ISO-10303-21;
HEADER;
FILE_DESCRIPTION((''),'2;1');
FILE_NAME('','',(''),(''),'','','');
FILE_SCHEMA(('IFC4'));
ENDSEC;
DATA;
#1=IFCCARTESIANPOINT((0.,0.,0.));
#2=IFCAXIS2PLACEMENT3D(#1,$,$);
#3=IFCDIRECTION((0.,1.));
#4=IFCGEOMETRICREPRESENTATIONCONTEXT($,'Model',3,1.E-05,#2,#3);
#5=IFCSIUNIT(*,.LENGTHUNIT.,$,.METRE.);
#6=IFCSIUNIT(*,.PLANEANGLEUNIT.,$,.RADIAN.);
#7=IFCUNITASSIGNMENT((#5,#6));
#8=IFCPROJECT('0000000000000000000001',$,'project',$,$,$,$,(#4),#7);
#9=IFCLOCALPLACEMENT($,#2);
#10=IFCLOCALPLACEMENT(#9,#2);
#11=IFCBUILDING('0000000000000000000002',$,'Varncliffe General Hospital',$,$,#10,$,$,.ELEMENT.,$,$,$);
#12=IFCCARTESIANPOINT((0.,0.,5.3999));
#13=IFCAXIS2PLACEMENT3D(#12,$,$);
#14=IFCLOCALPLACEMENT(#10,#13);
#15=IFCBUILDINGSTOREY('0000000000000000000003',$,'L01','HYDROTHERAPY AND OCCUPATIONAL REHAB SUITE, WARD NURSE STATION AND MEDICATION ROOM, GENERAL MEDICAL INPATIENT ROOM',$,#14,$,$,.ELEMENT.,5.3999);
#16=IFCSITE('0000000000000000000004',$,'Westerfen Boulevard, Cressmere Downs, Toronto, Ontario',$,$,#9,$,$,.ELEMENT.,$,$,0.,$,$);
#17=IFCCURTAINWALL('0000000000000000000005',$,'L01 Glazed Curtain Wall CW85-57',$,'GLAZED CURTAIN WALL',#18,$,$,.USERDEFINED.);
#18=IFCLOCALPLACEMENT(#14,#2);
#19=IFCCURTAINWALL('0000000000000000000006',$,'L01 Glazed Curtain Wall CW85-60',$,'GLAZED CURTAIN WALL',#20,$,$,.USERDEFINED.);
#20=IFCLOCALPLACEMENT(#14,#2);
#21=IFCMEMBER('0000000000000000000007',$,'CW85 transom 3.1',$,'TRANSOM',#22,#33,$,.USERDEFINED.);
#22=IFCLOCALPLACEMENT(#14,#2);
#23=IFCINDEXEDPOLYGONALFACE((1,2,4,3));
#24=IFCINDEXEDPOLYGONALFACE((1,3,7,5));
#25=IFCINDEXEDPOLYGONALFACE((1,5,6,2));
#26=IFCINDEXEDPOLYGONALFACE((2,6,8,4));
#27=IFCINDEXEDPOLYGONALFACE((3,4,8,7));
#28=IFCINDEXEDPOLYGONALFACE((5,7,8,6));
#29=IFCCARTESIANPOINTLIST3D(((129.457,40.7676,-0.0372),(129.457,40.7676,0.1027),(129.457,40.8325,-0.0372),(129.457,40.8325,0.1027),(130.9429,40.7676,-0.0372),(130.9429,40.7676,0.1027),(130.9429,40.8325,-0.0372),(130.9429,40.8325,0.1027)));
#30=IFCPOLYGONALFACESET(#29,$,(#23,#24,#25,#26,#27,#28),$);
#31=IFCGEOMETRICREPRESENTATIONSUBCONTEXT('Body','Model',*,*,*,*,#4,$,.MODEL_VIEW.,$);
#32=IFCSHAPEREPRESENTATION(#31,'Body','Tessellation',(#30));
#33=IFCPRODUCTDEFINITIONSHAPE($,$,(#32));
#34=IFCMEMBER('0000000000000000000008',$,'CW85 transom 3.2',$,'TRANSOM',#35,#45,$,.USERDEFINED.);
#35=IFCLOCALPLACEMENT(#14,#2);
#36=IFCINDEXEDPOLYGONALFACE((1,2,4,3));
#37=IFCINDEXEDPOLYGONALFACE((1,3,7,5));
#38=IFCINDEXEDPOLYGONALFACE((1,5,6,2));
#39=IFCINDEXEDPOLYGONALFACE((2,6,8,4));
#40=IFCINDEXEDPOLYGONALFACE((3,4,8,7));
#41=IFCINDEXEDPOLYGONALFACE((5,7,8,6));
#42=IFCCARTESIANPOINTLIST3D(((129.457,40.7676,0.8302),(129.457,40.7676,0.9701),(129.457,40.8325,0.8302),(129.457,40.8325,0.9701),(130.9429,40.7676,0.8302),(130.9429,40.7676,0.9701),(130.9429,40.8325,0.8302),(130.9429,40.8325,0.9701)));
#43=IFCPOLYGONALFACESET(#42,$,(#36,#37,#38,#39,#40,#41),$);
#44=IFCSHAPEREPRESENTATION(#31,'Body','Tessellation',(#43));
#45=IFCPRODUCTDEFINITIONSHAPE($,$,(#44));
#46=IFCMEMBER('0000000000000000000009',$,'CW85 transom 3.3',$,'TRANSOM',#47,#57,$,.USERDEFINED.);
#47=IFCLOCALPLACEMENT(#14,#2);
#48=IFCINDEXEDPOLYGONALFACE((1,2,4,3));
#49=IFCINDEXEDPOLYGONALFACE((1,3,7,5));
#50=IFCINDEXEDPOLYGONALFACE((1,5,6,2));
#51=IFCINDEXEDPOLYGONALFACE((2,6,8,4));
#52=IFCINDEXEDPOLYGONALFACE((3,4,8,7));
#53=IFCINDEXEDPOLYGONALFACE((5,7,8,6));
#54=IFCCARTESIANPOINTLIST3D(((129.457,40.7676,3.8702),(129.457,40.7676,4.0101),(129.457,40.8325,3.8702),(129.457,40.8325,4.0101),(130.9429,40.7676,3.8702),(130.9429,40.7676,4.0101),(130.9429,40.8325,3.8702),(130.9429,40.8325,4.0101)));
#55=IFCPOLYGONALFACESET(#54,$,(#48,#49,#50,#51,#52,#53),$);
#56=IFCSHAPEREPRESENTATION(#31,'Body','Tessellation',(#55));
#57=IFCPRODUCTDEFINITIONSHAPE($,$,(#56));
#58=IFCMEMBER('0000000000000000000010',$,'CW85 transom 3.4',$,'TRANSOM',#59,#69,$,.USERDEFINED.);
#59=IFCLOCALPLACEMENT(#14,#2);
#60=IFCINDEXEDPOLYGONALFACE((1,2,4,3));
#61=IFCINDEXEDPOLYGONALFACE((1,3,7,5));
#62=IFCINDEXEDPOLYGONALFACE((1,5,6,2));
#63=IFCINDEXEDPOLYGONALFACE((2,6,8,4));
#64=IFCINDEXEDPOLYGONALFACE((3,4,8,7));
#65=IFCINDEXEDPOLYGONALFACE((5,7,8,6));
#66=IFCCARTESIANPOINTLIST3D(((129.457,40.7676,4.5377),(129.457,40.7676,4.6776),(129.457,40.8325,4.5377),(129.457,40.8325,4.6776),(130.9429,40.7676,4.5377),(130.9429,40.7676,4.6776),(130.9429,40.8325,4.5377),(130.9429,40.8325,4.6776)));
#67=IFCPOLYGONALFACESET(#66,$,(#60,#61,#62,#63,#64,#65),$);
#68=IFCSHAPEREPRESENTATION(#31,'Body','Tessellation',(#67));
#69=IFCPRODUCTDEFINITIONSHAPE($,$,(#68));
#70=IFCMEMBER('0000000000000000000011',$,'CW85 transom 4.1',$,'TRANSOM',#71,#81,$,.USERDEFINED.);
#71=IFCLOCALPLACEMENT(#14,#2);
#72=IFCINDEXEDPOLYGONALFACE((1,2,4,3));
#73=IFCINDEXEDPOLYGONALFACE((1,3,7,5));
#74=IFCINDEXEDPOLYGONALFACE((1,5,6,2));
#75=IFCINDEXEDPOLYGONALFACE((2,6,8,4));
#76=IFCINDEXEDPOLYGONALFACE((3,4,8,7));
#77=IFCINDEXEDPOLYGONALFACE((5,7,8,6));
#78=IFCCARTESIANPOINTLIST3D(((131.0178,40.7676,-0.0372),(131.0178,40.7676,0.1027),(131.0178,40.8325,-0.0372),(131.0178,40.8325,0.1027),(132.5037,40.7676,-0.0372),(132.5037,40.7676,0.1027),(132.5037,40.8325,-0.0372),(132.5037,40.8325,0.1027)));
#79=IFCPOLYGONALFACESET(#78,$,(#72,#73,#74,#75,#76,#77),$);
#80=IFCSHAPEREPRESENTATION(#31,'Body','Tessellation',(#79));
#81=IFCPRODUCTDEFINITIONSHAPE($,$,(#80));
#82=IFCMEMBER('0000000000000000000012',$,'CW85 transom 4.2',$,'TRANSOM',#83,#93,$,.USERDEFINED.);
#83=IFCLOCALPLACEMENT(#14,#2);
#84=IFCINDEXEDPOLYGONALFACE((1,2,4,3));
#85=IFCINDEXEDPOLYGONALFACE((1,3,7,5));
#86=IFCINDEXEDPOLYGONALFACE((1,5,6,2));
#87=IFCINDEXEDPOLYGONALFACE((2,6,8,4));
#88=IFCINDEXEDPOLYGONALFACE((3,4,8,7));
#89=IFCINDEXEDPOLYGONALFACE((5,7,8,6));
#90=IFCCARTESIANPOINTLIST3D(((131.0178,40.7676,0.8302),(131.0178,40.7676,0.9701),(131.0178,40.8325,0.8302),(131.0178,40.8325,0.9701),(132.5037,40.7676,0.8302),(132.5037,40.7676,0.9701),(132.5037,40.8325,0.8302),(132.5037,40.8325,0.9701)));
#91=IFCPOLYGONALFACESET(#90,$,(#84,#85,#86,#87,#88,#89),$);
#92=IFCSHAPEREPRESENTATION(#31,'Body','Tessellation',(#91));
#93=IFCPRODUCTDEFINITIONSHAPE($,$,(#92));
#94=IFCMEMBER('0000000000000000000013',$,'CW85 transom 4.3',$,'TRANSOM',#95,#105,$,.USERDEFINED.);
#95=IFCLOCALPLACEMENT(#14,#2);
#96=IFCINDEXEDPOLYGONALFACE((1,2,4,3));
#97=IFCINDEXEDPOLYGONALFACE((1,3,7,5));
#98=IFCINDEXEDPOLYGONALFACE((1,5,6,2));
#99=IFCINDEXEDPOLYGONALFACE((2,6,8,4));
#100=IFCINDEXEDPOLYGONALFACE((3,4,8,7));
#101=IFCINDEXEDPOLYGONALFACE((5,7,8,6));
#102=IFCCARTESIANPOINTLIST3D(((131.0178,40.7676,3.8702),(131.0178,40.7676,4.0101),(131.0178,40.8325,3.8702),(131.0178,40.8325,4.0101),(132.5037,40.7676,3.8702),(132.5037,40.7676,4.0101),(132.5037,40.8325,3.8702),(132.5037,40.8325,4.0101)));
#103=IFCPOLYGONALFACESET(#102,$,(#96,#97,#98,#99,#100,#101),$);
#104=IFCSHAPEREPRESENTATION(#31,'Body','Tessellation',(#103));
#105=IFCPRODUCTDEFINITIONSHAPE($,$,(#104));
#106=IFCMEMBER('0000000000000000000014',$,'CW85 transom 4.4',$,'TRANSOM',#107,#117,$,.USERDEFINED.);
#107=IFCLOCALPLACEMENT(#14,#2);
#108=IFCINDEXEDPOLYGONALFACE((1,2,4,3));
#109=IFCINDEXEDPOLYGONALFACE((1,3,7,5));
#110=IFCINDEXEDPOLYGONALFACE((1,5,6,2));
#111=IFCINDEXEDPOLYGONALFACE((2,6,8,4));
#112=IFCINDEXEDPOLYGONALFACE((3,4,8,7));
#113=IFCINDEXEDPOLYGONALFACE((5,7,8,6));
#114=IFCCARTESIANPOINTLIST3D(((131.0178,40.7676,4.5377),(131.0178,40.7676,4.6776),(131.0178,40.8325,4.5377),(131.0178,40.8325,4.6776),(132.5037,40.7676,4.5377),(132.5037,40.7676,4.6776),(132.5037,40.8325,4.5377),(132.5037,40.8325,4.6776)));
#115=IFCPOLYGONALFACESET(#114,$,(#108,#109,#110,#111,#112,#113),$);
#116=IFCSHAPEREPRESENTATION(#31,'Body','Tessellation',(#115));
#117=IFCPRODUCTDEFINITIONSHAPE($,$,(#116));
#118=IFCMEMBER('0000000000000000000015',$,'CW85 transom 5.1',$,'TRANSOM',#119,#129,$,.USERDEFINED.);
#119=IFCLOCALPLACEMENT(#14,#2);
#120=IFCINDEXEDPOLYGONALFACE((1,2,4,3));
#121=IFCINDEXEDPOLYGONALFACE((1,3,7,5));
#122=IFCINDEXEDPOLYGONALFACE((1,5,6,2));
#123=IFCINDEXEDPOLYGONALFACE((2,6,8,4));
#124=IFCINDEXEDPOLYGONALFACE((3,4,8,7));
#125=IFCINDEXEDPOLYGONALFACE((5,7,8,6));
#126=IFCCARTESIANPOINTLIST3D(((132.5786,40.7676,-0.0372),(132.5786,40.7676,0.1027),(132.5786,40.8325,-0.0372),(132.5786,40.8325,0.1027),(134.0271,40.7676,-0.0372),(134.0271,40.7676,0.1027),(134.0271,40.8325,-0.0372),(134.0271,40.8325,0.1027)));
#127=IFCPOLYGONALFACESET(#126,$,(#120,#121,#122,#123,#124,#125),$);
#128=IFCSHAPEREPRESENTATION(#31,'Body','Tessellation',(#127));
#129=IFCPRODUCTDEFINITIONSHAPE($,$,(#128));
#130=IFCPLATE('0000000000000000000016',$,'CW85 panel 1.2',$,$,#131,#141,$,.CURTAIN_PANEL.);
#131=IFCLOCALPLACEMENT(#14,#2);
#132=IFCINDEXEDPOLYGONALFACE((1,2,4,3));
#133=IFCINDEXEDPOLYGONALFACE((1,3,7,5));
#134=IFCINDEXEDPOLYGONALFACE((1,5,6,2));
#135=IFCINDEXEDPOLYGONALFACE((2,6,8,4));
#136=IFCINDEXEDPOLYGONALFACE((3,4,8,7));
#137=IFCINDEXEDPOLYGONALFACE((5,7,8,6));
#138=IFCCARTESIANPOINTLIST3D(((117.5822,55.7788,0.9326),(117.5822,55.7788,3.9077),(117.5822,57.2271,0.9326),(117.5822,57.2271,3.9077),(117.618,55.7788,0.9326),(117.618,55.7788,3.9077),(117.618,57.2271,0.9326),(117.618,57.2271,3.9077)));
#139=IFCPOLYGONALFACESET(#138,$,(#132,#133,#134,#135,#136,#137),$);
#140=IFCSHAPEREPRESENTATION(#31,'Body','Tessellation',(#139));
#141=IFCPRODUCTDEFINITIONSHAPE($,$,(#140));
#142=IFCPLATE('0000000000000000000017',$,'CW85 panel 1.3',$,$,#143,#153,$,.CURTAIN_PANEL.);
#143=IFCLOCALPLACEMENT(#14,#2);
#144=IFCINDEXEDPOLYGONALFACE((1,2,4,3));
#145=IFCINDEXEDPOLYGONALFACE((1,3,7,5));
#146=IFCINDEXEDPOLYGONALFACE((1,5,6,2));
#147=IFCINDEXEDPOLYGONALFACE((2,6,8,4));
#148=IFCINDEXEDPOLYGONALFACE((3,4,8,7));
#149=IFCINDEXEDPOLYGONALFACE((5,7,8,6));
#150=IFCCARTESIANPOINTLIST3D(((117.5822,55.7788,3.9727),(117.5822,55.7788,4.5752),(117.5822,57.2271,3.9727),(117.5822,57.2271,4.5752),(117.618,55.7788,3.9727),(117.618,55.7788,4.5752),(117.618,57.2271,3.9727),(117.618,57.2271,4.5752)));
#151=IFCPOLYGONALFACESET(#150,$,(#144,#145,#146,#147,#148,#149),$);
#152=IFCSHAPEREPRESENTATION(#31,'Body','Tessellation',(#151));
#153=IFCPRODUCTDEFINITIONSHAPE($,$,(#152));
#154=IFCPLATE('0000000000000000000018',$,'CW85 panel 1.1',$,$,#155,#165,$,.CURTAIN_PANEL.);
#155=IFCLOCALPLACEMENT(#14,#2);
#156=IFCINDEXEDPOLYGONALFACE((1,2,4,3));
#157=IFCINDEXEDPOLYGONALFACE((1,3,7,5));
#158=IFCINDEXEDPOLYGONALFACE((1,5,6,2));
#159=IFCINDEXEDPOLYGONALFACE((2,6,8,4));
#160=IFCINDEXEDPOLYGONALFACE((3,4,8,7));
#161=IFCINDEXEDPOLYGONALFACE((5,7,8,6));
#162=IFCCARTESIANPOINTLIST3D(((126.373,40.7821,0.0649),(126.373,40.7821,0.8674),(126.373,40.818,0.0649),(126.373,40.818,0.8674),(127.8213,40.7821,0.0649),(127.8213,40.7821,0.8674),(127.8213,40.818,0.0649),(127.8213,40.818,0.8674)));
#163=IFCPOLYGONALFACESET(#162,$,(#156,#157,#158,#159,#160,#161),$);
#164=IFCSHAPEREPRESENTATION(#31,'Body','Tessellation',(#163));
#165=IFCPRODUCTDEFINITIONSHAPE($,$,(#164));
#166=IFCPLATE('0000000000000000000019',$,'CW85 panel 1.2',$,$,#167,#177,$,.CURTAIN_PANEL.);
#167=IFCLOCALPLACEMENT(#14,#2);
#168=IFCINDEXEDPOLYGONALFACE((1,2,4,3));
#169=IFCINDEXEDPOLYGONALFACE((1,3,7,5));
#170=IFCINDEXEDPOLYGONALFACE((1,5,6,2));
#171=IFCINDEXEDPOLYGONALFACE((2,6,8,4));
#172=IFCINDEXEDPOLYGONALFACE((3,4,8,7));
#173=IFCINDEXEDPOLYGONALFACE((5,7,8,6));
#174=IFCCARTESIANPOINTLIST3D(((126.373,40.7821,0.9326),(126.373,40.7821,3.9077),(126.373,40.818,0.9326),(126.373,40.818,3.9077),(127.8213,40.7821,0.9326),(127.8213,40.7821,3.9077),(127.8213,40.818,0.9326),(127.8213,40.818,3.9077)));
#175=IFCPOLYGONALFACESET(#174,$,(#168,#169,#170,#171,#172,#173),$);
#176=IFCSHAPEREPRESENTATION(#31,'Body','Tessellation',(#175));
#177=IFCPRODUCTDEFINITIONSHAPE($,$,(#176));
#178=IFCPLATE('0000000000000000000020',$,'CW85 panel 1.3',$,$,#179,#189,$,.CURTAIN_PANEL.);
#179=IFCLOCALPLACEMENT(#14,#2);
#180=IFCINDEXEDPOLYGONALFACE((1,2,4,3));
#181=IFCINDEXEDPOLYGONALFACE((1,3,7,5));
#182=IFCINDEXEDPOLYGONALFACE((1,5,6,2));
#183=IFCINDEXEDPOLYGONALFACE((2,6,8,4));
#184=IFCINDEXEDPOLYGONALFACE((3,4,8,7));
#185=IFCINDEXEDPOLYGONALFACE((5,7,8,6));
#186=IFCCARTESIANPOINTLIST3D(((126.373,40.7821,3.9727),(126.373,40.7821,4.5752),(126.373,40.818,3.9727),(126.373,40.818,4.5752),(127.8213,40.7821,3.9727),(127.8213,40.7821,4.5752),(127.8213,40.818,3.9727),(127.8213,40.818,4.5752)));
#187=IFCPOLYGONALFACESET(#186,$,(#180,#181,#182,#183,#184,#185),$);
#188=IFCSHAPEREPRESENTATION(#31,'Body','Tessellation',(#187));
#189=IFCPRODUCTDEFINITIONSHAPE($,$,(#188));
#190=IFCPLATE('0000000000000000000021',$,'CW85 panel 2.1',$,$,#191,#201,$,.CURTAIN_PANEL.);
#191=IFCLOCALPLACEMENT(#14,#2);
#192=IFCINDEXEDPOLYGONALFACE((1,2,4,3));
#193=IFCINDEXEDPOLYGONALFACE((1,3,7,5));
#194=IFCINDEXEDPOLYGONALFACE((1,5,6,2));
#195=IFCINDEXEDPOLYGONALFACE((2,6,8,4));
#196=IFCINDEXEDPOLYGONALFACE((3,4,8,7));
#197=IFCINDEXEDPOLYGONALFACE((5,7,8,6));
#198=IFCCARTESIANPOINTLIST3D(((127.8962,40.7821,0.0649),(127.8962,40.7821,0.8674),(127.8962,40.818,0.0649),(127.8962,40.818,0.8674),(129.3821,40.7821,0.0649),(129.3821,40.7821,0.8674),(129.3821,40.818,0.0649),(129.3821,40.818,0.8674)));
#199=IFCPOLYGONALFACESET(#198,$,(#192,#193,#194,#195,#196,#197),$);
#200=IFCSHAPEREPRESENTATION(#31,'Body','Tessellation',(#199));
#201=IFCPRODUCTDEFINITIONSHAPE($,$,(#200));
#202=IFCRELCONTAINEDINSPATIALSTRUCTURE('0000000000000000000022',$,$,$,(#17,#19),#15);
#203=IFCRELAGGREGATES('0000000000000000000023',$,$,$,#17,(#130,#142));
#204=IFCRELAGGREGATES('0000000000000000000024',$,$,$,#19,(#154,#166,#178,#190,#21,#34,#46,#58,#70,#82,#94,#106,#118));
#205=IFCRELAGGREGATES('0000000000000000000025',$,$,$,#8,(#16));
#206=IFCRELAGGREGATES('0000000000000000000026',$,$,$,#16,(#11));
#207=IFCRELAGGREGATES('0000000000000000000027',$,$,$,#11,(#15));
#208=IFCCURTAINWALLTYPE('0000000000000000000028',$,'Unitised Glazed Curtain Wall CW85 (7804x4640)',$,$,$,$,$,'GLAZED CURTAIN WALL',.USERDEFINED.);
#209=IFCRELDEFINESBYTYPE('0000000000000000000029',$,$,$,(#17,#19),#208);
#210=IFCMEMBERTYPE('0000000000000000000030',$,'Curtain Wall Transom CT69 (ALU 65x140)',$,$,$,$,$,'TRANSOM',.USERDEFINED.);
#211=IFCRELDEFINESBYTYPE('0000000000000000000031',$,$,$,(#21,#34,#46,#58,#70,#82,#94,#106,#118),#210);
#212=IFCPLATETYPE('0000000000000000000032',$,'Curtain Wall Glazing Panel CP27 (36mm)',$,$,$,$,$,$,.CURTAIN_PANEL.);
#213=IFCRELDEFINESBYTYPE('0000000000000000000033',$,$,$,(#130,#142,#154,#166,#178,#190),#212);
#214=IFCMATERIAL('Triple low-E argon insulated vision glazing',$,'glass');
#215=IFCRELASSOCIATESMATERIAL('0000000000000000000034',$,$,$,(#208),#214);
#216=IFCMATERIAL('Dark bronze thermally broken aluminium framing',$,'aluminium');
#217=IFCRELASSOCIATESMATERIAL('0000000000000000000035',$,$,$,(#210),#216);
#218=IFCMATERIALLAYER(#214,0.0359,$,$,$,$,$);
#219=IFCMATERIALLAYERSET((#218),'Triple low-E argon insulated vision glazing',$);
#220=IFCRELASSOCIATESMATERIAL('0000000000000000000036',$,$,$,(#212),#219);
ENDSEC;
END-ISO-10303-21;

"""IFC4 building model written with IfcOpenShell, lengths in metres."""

from ifc_helpers import new_model, si_unit, direction, frame, origin, origin_2d, place, context, subcontext, project, spatial, rectangle, extrude, material, layer, layer_set, material_profile, profile_set, type_object, element, aggregate, save


model = new_model("IFC4")

# Units and contexts
model_context = context("Model", 3, precision=1e-05, world=origin(), true_north=direction((0.0, 1.0)))
body_context = subcontext(model_context, "Body", "Model", "MODEL_VIEW")
ifc_project = project(units=[si_unit("LENGTHUNIT", "METRE"), si_unit("PLANEANGLEUNIT", "RADIAN")], contexts=[model_context])

# Site, building, storey
site_placement = place(None, origin())
site = spatial("IfcSite", under=ifc_project, at=site_placement, Name="Westerfen Boulevard, Cressmere Downs, Toronto, Ontario", CompositionType="ELEMENT", RefElevation=0.0)
building_placement = place(site_placement, origin())
building = spatial("IfcBuilding", under=site, at=building_placement, Name="Varncliffe General Hospital", CompositionType="ELEMENT")
storey_placement = place(building_placement, frame((0.0, 0.0, 5.3999)))
storey = spatial("IfcBuildingStorey", under=building, at=storey_placement, Name="L01", Description="HYDROTHERAPY AND OCCUPATIONAL REHAB SUITE, WARD NURSE STATION AND MEDICATION ROOM, GENERAL MEDICAL INPATIENT ROOM", CompositionType="ELEMENT", Elevation=5.3999)

# Curtain wall
ifc_material_1 = material(Name="Triple low-E argon insulated vision glazing", Category="glass")
curtain_wall_type = type_object("IfcCurtainWallType", Name="Unitised Glazed Curtain Wall CW85 (7804x4640)", ElementType="GLAZED CURTAIN WALL", PredefinedType="USERDEFINED", material=ifc_material_1)
curtain_wall_1_placement = place(storey_placement, origin())
curtain_wall_1 = element("IfcCurtainWall", 1, at=curtain_wall_1_placement, inside=storey, type_object=curtain_wall_type, Name="L01 Glazed Curtain Wall CW85-57", ObjectType="GLAZED CURTAIN WALL", PredefinedType="USERDEFINED")
ifc_material_2 = material(Name="Dark bronze thermally broken aluminium framing", Category="aluminium")

# Curtain wall
curtain_wall_2_placement = place(storey_placement, origin())
curtain_wall_2 = element("IfcCurtainWall", 2, at=curtain_wall_2_placement, inside=storey, type_object=curtain_wall_type, Name="L01 Glazed Curtain Wall CW85-60", ObjectType="GLAZED CURTAIN WALL", PredefinedType="USERDEFINED")

# Members
ifc_material_profile_1 = material_profile(ifc_material_2, rectangle(XDim=0.0649, YDim=0.1399, at=origin_2d()), Name="ALU 65x140")
ifc_profile_set_1 = profile_set([ifc_material_profile_1], Name="Dark bronze thermally broken aluminium framing")
member_type_1 = type_object("IfcMemberType", Name="Curtain Wall Transom CT69 (ALU 65x140)", ElementType="TRANSOM", PredefinedType="USERDEFINED", material=ifc_profile_set_1)
member_1_placement = place(storey_placement, frame((129.457, 40.8, 0.0327), z_axis=(1.0, 0.0, 0.0), x_axis=(0.0, 1.0, 0.0)))
member_1 = element("IfcMember", 3, at=member_1_placement, type_object=member_type_1, Name="CW85 transom 3.1", ObjectType="TRANSOM", PredefinedType="USERDEFINED", context=body_context, shape_type="SweptSolid", body=[
    extrude(rectangle(XDim=0.0649, YDim=0.1399, at=origin_2d()), origin(), (0.0, 0.0, 1.0), 1.4858),
])
member_2_placement = place(storey_placement, frame((129.457, 40.8, 0.9001), z_axis=(1.0, 0.0, 0.0), x_axis=(0.0, 1.0, 0.0)))
member_2 = element("IfcMember", 4, at=member_2_placement, type_object=member_type_1, Name="CW85 transom 3.2", ObjectType="TRANSOM", PredefinedType="USERDEFINED", context=body_context, shape_type="SweptSolid", body=[
    extrude(rectangle(XDim=0.0649, YDim=0.1399, at=origin_2d()), origin(), (0.0, 0.0, 1.0), 1.4858),
])
member_3_placement = place(storey_placement, frame((129.457, 40.8, 3.9402), z_axis=(1.0, 0.0, 0.0), x_axis=(0.0, 1.0, 0.0)))
member_3 = element("IfcMember", 5, at=member_3_placement, type_object=member_type_1, Name="CW85 transom 3.3", ObjectType="TRANSOM", PredefinedType="USERDEFINED", context=body_context, shape_type="SweptSolid", body=[
    extrude(rectangle(XDim=0.0649, YDim=0.1399, at=origin_2d()), origin(), (0.0, 0.0, 1.0), 1.4858),
])
member_4_placement = place(storey_placement, frame((129.457, 40.8, 4.6077), z_axis=(1.0, 0.0, 0.0), x_axis=(0.0, 1.0, 0.0)))
member_4 = element("IfcMember", 6, at=member_4_placement, type_object=member_type_1, Name="CW85 transom 3.4", ObjectType="TRANSOM", PredefinedType="USERDEFINED", context=body_context, shape_type="SweptSolid", body=[
    extrude(rectangle(XDim=0.0649, YDim=0.1399, at=origin_2d()), origin(), (0.0, 0.0, 1.0), 1.4858),
])
member_5_placement = place(storey_placement, frame((131.0178, 40.8, 0.0327), z_axis=(1.0, 0.0, 0.0), x_axis=(0.0, 1.0, 0.0)))
member_5 = element("IfcMember", 7, at=member_5_placement, type_object=member_type_1, Name="CW85 transom 4.1", ObjectType="TRANSOM", PredefinedType="USERDEFINED", context=body_context, shape_type="SweptSolid", body=[
    extrude(rectangle(XDim=0.0649, YDim=0.1399, at=origin_2d()), origin(), (0.0, 0.0, 1.0), 1.4858),
])
member_6_placement = place(storey_placement, frame((131.0178, 40.8, 0.9001), z_axis=(1.0, 0.0, 0.0), x_axis=(0.0, 1.0, 0.0)))
member_6 = element("IfcMember", 8, at=member_6_placement, type_object=member_type_1, Name="CW85 transom 4.2", ObjectType="TRANSOM", PredefinedType="USERDEFINED", context=body_context, shape_type="SweptSolid", body=[
    extrude(rectangle(XDim=0.0649, YDim=0.1399, at=origin_2d()), origin(), (0.0, 0.0, 1.0), 1.4858),
])
member_7_placement = place(storey_placement, frame((131.0178, 40.8, 3.9402), z_axis=(1.0, 0.0, 0.0), x_axis=(0.0, 1.0, 0.0)))
member_7 = element("IfcMember", 9, at=member_7_placement, type_object=member_type_1, Name="CW85 transom 4.3", ObjectType="TRANSOM", PredefinedType="USERDEFINED", context=body_context, shape_type="SweptSolid", body=[
    extrude(rectangle(XDim=0.0649, YDim=0.1399, at=origin_2d()), origin(), (0.0, 0.0, 1.0), 1.4858),
])
member_8_placement = place(storey_placement, frame((131.0178, 40.8, 4.6077), z_axis=(1.0, 0.0, 0.0), x_axis=(0.0, 1.0, 0.0)))
member_8 = element("IfcMember", 10, at=member_8_placement, type_object=member_type_1, Name="CW85 transom 4.4", ObjectType="TRANSOM", PredefinedType="USERDEFINED", context=body_context, shape_type="SweptSolid", body=[
    extrude(rectangle(XDim=0.0649, YDim=0.1399, at=origin_2d()), origin(), (0.0, 0.0, 1.0), 1.4858),
])
member_9_placement = place(storey_placement, frame((132.5786, 40.8, 0.0327), z_axis=(1.0, 0.0, 0.0), x_axis=(0.0, 1.0, 0.0)))
member_9 = element("IfcMember", 11, at=member_9_placement, type_object=member_type_1, Name="CW85 transom 5.1", ObjectType="TRANSOM", PredefinedType="USERDEFINED", context=body_context, shape_type="SweptSolid", body=[
    extrude(rectangle(XDim=0.0649, YDim=0.1399, at=origin_2d()), origin(), (0.0, 0.0, 1.0), 1.4485),
])

# Plates
ifc_layer = layer(ifc_material_1, 0.0359)
ifc_layer_set = layer_set([ifc_layer], Name="Triple low-E argon insulated vision glazing")
plate_type = type_object("IfcPlateType", Name="Curtain Wall Glazing Panel CP27 (36mm)", PredefinedType="CURTAIN_PANEL", material=ifc_layer_set)
plate_1_placement = place(storey_placement, frame((117.6001, 56.5029, 0.9326), z_axis=(0.0, 0.0, 1.0), x_axis=(0.0, -1.0, 0.0)))
plate_1 = element("IfcPlate", 12, at=plate_1_placement, type_object=plate_type, Name="CW85 panel 1.2", PredefinedType="CURTAIN_PANEL", context=body_context, shape_type="SweptSolid", body=[
    extrude(rectangle(XDim=1.4482, YDim=0.0359, at=origin_2d()), origin(), (0.0, 0.0, 1.0), 2.9751),
])
plate_2_placement = place(storey_placement, frame((117.6001, 56.5029, 3.9727), z_axis=(0.0, 0.0, 1.0), x_axis=(0.0, -1.0, 0.0)))
plate_2 = element("IfcPlate", 13, at=plate_2_placement, type_object=plate_type, Name="CW85 panel 1.3", PredefinedType="CURTAIN_PANEL", context=body_context, shape_type="SweptSolid", body=[
    extrude(rectangle(XDim=1.4482, YDim=0.0359, at=origin_2d()), origin(), (0.0, 0.0, 1.0), 0.6025),
])
aggregate(curtain_wall_1, [plate_1, plate_2])
plate_3_placement = place(storey_placement, frame((127.0972, 40.8, 0.0649), z_axis=(0.0, 0.0, 1.0), x_axis=(1.0, 0.0, 0.0)))
plate_3 = element("IfcPlate", 14, at=plate_3_placement, type_object=plate_type, Name="CW85 panel 1.1", PredefinedType="CURTAIN_PANEL", context=body_context, shape_type="SweptSolid", body=[
    extrude(rectangle(XDim=1.4482, YDim=0.0359, at=origin_2d()), origin(), (0.0, 0.0, 1.0), 0.8025),
])
plate_4_placement = place(storey_placement, frame((127.0972, 40.8, 0.9326), z_axis=(0.0, 0.0, 1.0), x_axis=(1.0, 0.0, 0.0)))
plate_4 = element("IfcPlate", 15, at=plate_4_placement, type_object=plate_type, Name="CW85 panel 1.2", PredefinedType="CURTAIN_PANEL", context=body_context, shape_type="SweptSolid", body=[
    extrude(rectangle(XDim=1.4482, YDim=0.0359, at=origin_2d()), origin(), (0.0, 0.0, 1.0), 2.9751),
])
plate_5_placement = place(storey_placement, frame((127.0972, 40.8, 3.9727), z_axis=(0.0, 0.0, 1.0), x_axis=(1.0, 0.0, 0.0)))
plate_5 = element("IfcPlate", 16, at=plate_5_placement, type_object=plate_type, Name="CW85 panel 1.3", PredefinedType="CURTAIN_PANEL", context=body_context, shape_type="SweptSolid", body=[
    extrude(rectangle(XDim=1.4482, YDim=0.0359, at=origin_2d()), origin(), (0.0, 0.0, 1.0), 0.6025),
])
plate_6_placement = place(storey_placement, frame((128.6392, 40.8, 0.0649), z_axis=(0.0, 0.0, 1.0), x_axis=(1.0, 0.0, 0.0)))
plate_6 = element("IfcPlate", 17, at=plate_6_placement, type_object=plate_type, Name="CW85 panel 2.1", PredefinedType="CURTAIN_PANEL", context=body_context, shape_type="SweptSolid", body=[
    extrude(rectangle(XDim=1.4858, YDim=0.0359, at=origin_2d()), origin(), (0.0, 0.0, 1.0), 0.8025),
])
aggregate(curtain_wall_2, [plate_3, plate_4, plate_5, plate_6, member_1, member_2, member_3, member_4, member_5, member_6, member_7, member_8, member_9])

save(model, "model.ifc")
